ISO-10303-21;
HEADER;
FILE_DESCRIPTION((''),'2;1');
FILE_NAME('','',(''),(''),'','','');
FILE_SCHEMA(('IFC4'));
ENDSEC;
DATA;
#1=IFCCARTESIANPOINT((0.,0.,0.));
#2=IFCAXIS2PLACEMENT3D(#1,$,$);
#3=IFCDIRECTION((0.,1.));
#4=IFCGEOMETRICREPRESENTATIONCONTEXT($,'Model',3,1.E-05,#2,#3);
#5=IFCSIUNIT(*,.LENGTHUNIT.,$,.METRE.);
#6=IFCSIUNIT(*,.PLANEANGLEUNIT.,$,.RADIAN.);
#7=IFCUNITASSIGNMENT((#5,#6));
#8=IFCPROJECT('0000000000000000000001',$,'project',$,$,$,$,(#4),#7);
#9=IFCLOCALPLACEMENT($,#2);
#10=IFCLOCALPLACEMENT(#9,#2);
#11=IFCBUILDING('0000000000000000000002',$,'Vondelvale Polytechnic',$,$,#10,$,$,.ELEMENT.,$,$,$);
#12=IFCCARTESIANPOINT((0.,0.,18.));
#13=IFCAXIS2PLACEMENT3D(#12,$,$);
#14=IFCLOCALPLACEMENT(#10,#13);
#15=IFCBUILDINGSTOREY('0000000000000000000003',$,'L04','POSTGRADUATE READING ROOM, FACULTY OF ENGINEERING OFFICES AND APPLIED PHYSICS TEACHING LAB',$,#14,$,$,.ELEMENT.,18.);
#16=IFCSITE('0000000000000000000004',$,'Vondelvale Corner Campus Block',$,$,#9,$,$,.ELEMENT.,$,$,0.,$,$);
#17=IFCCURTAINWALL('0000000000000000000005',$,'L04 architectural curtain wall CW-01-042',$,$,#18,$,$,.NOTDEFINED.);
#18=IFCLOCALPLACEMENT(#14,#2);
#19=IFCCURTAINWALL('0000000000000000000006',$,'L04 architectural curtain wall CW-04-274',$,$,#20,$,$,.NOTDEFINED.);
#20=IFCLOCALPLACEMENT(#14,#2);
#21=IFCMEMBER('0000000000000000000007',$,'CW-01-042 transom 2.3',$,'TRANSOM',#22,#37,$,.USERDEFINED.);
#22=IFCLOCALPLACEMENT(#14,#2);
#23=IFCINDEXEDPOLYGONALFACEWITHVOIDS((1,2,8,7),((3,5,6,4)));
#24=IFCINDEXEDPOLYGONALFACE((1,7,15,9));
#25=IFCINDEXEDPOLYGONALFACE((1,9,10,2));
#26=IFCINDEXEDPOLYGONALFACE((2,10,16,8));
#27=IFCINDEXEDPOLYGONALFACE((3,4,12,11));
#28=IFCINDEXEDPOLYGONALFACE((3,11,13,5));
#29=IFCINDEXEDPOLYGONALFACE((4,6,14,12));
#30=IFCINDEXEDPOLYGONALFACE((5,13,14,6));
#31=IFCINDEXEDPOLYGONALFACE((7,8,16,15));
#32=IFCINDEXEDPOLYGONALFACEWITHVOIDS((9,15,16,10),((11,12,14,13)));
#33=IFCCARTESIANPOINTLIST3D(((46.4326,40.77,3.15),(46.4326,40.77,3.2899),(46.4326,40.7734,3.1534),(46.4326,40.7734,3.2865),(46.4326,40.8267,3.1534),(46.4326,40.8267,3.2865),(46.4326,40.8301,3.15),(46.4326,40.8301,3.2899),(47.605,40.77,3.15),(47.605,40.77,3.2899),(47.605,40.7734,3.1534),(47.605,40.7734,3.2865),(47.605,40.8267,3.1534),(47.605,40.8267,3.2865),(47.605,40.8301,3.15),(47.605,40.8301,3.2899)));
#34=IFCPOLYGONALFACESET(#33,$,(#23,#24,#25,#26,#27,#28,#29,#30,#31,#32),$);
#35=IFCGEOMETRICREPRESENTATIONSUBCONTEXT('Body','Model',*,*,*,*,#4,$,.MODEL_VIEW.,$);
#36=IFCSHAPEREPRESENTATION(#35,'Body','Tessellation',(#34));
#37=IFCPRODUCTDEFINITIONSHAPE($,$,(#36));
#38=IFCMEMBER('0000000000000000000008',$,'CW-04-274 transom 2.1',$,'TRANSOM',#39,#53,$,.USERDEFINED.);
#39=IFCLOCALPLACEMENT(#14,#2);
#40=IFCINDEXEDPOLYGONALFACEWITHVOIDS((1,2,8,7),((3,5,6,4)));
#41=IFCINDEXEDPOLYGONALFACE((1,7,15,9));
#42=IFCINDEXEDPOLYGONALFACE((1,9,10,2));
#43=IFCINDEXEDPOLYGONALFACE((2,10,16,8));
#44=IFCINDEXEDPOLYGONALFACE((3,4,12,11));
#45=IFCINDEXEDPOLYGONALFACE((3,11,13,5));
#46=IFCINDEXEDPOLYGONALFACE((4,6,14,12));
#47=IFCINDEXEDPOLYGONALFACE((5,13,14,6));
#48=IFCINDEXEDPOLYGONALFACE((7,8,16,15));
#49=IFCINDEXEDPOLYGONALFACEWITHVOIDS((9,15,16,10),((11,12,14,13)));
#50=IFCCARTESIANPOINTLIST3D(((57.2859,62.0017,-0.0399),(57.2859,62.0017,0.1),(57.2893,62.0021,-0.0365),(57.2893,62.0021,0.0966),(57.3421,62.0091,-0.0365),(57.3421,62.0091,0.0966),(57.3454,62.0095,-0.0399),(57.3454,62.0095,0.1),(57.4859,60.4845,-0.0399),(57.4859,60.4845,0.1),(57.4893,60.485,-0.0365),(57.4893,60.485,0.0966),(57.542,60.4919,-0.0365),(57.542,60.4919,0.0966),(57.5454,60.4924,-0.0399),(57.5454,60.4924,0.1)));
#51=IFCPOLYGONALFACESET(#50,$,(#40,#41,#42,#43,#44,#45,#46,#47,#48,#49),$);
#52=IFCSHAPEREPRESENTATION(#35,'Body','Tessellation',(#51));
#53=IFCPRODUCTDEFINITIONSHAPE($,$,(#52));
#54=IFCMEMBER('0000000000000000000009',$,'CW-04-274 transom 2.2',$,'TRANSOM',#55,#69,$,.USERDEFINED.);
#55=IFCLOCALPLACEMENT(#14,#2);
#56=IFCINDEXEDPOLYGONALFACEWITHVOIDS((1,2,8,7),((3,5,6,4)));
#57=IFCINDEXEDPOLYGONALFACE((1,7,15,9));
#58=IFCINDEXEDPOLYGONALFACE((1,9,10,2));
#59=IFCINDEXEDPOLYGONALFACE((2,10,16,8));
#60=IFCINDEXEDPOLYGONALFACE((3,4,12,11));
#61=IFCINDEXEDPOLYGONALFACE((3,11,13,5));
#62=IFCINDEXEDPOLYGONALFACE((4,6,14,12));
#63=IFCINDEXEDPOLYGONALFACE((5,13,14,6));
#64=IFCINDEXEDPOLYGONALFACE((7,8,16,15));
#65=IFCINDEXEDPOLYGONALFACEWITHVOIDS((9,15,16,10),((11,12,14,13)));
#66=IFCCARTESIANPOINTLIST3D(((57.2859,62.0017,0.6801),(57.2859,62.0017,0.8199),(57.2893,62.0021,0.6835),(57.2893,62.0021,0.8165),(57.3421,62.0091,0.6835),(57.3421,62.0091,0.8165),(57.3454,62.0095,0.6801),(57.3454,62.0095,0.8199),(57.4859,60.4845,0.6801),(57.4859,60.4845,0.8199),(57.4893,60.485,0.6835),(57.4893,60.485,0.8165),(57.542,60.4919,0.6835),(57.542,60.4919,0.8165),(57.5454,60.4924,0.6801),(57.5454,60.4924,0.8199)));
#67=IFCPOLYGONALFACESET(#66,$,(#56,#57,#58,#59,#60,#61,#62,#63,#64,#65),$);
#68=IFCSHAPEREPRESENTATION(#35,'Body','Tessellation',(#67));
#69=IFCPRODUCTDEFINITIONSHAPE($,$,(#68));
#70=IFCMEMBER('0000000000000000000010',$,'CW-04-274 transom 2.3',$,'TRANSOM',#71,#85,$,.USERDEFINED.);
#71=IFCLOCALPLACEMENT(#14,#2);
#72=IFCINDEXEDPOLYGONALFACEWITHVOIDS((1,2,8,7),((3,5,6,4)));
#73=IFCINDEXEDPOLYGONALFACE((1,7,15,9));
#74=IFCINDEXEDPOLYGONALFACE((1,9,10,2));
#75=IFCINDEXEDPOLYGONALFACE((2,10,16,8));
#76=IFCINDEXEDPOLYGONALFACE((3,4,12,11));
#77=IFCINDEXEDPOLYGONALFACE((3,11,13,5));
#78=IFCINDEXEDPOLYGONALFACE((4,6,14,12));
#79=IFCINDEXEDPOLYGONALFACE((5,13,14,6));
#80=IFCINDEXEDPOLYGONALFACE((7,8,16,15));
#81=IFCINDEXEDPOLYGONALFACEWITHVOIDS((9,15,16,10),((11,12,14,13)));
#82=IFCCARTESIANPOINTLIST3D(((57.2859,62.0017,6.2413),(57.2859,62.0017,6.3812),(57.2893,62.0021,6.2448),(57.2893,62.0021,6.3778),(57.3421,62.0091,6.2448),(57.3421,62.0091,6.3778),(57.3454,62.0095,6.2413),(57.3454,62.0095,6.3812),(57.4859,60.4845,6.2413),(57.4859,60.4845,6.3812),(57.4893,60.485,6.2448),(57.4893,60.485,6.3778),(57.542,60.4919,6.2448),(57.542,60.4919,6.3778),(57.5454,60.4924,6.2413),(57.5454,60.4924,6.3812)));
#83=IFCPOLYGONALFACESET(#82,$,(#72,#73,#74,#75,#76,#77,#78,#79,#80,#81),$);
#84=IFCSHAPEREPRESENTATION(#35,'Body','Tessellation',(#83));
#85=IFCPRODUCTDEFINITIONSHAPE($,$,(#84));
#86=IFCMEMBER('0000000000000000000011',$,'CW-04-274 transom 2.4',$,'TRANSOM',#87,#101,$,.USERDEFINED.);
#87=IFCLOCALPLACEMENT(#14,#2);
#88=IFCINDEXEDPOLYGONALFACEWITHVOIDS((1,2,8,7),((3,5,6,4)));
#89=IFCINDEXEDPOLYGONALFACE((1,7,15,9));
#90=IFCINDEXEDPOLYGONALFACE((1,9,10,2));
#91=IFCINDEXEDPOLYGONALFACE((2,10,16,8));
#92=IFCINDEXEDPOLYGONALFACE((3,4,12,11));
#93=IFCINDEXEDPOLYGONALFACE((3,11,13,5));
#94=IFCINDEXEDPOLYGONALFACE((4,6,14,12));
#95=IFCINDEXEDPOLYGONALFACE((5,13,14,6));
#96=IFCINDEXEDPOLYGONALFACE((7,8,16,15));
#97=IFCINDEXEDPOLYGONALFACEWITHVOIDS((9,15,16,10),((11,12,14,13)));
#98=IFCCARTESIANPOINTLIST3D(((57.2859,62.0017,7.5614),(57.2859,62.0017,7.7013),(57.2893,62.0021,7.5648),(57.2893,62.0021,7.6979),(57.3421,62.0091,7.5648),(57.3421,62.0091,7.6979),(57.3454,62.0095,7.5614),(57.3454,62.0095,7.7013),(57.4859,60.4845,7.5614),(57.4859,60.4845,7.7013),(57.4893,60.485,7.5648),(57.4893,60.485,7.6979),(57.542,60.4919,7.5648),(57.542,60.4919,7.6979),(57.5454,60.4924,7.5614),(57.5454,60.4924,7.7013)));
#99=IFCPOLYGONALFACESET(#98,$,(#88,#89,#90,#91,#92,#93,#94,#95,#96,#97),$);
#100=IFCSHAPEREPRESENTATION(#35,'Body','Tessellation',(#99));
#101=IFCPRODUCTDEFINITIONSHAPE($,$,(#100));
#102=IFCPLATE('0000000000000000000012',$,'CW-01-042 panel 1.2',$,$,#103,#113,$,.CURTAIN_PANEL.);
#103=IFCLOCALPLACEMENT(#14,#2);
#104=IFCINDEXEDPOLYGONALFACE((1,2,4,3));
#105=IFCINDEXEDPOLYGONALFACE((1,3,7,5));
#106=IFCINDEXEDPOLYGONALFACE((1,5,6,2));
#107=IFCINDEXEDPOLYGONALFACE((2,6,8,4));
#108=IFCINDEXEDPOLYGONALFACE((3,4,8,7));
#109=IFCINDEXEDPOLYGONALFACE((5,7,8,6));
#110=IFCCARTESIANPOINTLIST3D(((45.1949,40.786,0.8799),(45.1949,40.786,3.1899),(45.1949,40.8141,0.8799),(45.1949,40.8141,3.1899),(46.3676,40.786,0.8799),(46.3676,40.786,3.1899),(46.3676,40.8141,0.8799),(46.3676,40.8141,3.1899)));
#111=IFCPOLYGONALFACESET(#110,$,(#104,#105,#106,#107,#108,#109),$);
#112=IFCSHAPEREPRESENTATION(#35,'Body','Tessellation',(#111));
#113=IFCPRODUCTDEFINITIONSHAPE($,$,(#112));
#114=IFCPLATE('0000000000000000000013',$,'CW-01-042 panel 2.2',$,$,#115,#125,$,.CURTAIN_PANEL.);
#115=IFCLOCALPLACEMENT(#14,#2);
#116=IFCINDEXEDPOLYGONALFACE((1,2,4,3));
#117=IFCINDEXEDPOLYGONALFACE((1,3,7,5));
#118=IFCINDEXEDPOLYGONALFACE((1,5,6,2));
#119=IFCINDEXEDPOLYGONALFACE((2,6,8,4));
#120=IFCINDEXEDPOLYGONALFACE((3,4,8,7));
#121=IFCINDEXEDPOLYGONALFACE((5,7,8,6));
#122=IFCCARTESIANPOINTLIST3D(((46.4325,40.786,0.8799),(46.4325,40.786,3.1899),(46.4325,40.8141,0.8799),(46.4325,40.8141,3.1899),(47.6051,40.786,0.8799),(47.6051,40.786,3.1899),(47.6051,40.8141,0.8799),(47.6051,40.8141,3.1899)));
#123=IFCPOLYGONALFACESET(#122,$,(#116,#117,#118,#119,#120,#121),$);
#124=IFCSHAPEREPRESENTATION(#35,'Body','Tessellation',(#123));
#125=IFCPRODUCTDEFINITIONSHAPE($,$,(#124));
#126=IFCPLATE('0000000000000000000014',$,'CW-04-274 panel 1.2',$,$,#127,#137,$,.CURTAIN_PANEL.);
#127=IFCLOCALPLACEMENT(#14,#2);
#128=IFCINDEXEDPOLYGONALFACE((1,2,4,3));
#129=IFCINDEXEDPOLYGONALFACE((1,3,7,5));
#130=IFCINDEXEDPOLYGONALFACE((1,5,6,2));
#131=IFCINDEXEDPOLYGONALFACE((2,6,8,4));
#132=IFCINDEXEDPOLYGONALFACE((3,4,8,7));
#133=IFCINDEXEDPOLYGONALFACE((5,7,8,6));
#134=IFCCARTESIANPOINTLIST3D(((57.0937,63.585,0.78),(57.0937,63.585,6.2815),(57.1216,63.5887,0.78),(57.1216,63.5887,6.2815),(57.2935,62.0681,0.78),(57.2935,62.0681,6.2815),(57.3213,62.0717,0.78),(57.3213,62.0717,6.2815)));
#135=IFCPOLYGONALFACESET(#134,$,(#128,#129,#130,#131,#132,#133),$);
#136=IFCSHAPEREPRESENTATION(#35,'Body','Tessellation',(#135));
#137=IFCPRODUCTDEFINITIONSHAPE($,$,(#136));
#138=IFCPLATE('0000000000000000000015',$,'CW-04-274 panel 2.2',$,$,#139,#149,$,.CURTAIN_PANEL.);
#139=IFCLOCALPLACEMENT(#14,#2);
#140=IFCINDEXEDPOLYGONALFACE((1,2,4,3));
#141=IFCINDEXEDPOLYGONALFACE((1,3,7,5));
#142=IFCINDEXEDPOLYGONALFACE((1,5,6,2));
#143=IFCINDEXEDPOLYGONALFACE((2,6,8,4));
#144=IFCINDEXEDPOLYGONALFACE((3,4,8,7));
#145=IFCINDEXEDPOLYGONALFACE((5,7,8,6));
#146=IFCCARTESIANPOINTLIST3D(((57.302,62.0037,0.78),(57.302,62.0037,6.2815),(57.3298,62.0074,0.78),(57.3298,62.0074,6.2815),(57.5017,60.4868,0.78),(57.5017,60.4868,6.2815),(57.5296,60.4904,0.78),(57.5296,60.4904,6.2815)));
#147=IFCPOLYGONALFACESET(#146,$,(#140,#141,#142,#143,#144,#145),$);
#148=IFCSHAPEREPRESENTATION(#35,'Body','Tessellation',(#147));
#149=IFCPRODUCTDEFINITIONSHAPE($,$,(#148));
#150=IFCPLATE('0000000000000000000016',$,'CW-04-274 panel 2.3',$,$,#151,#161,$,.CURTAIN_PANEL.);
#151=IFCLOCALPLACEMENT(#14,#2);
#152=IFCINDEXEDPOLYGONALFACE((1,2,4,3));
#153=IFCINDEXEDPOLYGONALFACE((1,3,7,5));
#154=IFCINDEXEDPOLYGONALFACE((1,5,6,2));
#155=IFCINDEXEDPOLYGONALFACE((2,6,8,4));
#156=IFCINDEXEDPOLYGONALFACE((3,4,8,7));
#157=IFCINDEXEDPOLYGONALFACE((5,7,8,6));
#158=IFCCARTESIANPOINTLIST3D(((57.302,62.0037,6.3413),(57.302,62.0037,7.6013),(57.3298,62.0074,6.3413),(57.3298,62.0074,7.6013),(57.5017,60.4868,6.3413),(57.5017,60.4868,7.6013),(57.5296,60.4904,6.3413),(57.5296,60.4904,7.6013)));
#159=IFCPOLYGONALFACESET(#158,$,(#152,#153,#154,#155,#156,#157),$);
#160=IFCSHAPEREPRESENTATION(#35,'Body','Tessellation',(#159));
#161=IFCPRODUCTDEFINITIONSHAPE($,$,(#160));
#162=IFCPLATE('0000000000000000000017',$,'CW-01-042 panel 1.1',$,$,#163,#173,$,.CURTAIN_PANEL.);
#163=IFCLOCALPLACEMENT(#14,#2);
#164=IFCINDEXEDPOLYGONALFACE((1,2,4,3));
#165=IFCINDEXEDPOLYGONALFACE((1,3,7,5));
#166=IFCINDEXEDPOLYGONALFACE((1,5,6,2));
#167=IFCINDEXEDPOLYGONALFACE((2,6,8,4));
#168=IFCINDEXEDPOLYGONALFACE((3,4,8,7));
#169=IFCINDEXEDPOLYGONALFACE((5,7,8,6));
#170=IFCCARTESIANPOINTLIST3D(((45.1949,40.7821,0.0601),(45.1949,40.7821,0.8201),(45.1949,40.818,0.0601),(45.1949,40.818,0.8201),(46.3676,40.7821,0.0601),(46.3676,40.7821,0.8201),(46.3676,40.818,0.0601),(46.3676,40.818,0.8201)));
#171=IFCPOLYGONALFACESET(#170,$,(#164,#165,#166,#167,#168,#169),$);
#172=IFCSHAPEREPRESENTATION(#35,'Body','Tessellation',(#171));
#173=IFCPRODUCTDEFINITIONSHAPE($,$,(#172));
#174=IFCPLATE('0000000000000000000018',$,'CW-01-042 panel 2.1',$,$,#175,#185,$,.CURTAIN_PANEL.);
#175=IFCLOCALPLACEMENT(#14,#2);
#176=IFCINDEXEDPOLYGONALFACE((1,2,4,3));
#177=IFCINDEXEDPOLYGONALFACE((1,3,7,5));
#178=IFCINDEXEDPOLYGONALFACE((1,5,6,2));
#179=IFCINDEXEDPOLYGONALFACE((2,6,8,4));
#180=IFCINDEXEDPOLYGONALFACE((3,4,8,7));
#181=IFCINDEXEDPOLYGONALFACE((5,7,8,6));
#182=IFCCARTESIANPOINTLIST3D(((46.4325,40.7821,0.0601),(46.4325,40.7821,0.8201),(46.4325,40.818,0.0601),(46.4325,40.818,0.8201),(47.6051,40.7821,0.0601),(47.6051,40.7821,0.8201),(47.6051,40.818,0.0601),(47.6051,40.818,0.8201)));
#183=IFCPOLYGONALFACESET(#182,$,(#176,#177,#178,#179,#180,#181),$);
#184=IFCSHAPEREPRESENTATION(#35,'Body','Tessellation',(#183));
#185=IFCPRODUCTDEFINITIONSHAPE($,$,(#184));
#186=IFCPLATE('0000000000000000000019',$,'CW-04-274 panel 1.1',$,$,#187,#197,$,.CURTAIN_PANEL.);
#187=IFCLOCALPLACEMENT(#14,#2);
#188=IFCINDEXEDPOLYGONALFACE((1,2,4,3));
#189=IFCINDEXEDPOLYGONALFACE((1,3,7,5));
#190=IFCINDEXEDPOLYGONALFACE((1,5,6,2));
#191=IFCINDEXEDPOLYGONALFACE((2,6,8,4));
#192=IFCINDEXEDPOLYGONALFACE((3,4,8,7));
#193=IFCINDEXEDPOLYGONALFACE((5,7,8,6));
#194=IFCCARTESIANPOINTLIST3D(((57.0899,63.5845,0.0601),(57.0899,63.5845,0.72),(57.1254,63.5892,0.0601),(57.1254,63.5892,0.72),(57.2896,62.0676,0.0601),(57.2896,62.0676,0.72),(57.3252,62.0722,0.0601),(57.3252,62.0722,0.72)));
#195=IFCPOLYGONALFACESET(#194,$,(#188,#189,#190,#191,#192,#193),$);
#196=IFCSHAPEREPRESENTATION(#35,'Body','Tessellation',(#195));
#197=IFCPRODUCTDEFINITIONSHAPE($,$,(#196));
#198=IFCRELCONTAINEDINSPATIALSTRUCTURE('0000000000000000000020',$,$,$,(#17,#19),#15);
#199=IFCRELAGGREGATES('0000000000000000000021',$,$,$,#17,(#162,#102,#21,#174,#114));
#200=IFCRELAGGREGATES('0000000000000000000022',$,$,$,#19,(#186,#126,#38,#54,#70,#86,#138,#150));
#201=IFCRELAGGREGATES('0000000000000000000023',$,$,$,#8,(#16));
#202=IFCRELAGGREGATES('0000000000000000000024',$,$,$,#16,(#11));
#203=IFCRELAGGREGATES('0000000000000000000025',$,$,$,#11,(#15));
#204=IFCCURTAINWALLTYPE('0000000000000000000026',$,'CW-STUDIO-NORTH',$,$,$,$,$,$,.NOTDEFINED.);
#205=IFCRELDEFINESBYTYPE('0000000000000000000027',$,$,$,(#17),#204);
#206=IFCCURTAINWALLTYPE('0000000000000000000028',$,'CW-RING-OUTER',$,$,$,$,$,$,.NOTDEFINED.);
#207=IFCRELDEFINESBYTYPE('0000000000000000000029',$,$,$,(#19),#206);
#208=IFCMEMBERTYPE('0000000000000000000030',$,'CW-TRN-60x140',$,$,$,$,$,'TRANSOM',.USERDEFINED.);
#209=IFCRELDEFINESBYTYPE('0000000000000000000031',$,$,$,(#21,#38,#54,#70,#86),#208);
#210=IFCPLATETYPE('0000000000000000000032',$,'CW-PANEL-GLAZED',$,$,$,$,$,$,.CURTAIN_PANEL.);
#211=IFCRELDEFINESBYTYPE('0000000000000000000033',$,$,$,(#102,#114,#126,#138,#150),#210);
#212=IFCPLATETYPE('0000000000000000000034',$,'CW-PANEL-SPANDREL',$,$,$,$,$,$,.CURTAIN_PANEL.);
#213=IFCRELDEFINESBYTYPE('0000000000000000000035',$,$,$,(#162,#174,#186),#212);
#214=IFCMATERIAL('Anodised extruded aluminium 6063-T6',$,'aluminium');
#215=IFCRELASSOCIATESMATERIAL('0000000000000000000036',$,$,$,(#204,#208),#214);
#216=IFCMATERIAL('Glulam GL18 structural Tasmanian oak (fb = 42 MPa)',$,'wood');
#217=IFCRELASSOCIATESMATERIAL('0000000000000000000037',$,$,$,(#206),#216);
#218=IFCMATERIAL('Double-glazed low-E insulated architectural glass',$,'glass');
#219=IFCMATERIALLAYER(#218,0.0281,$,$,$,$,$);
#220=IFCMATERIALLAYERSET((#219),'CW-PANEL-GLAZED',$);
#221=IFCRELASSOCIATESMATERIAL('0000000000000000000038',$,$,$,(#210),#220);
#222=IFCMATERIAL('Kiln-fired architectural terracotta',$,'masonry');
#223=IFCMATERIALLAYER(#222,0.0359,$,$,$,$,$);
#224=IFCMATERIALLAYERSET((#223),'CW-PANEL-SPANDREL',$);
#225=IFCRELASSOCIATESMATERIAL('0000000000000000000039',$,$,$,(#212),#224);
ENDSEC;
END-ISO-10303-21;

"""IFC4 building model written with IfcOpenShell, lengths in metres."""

from ifc_helpers import new_model, si_unit, direction, frame, origin, origin_2d, place, context, subcontext, project, spatial, rectangle, hollow_rectangle, extrude, material, layer, layer_set, material_profile, profile_set, type_object, element, aggregate, save


model = new_model("IFC4")

# Units and contexts
model_context = context("Model", 3, precision=1e-05, world=origin(), true_north=direction((0.0, 1.0)))
body_context = subcontext(model_context, "Body", "Model", "MODEL_VIEW")
ifc_project = project(units=[si_unit("LENGTHUNIT", "METRE"), si_unit("PLANEANGLEUNIT", "RADIAN")], contexts=[model_context])

# Site, building, storey
site_placement = place(None, origin())
site = spatial("IfcSite", under=ifc_project, at=site_placement, Name="Vondelvale Corner Campus Block", CompositionType="ELEMENT", RefElevation=0.0)
building_placement = place(site_placement, origin())
building = spatial("IfcBuilding", under=site, at=building_placement, Name="Vondelvale Polytechnic", CompositionType="ELEMENT")
storey_placement = place(building_placement, frame((0.0, 0.0, 18.0)))
storey = spatial("IfcBuildingStorey", under=building, at=storey_placement, Name="L04", Description="POSTGRADUATE READING ROOM, FACULTY OF ENGINEERING OFFICES AND APPLIED PHYSICS TEACHING LAB", CompositionType="ELEMENT", Elevation=18.0)

# Curtain wall
ifc_material_1 = material(Name="Anodised extruded aluminium 6063-T6", Category="aluminium")
curtain_wall_type_1 = type_object("IfcCurtainWallType", Name="CW-STUDIO-NORTH", PredefinedType="NOTDEFINED", material=ifc_material_1)
curtain_wall_1_placement = place(storey_placement, origin())
curtain_wall_1 = element("IfcCurtainWall", 1, at=curtain_wall_1_placement, inside=storey, type_object=curtain_wall_type_1, Name="L04 architectural curtain wall CW-01-042", PredefinedType="NOTDEFINED")

# Curtain wall
ifc_material_2 = material(Name="Glulam GL18 structural Tasmanian oak (fb = 42 MPa)", Category="wood")
curtain_wall_type_2 = type_object("IfcCurtainWallType", Name="CW-RING-OUTER", PredefinedType="NOTDEFINED", material=ifc_material_2)
curtain_wall_2_placement = place(storey_placement, origin())
curtain_wall_2 = element("IfcCurtainWall", 2, at=curtain_wall_2_placement, inside=storey, type_object=curtain_wall_type_2, Name="L04 architectural curtain wall CW-04-274", PredefinedType="NOTDEFINED")

# Members
ifc_material_profile_1 = material_profile(ifc_material_1, hollow_rectangle(XDim=0.0601, YDim=0.1399, WallThickness=0.0034, at=origin_2d()), Name="CW-TRN-140x60")
ifc_profile_set_1 = profile_set([ifc_material_profile_1], Name="Anodised extruded aluminium 6063-T6")
member_type_1 = type_object("IfcMemberType", Name="CW-TRN-60x140", ElementType="TRANSOM", PredefinedType="USERDEFINED", material=ifc_profile_set_1)
member_1_placement = place(storey_placement, frame((46.4326, 40.8, 3.22), z_axis=(1.0, 0.0, 0.0), x_axis=(0.0, 1.0, 0.0)))
member_1 = element("IfcMember", 3, at=member_1_placement, type_object=member_type_1, Name="CW-01-042 transom 2.3", ObjectType="TRANSOM", PredefinedType="USERDEFINED", context=body_context, shape_type="SweptSolid", body=[
    extrude(hollow_rectangle(XDim=0.0601, YDim=0.1399, WallThickness=0.0034, at=origin_2d()), origin(), (0.0, 0.0, 1.0), 1.1724),
])
member_2_placement = place(storey_placement, frame((57.3157, 62.0056, 0.03), z_axis=(0.130669, -0.991426, 0.0), x_axis=(0.991426, 0.130669, 0.0)))
member_2 = element("IfcMember", 4, at=member_2_placement, type_object=member_type_1, Name="CW-04-274 transom 2.1", ObjectType="TRANSOM", PredefinedType="USERDEFINED", context=body_context, shape_type="SweptSolid", body=[
    extrude(hollow_rectangle(XDim=0.0601, YDim=0.1399, WallThickness=0.0034, at=origin_2d()), origin(), (0.0, 0.0, 1.0), 1.5303),
])
member_3_placement = place(storey_placement, frame((57.3157, 62.0056, 0.75), z_axis=(0.130669, -0.991426, 0.0), x_axis=(0.991426, 0.130669, 0.0)))
member_3 = element("IfcMember", 5, at=member_3_placement, type_object=member_type_1, Name="CW-04-274 transom 2.2", ObjectType="TRANSOM", PredefinedType="USERDEFINED", context=body_context, shape_type="SweptSolid", body=[
    extrude(hollow_rectangle(XDim=0.0601, YDim=0.1399, WallThickness=0.0034, at=origin_2d()), origin(), (0.0, 0.0, 1.0), 1.5303),
])
member_4_placement = place(storey_placement, frame((57.3157, 62.0056, 6.3113), z_axis=(0.130669, -0.991426, 0.0), x_axis=(0.991426, 0.130669, 0.0)))
member_4 = element("IfcMember", 6, at=member_4_placement, type_object=member_type_1, Name="CW-04-274 transom 2.3", ObjectType="TRANSOM", PredefinedType="USERDEFINED", context=body_context, shape_type="SweptSolid", body=[
    extrude(hollow_rectangle(XDim=0.0601, YDim=0.1399, WallThickness=0.0034, at=origin_2d()), origin(), (0.0, 0.0, 1.0), 1.5303),
])
member_5_placement = place(storey_placement, frame((57.3157, 62.0056, 7.6313), z_axis=(0.130669, -0.991426, 0.0), x_axis=(0.991426, 0.130669, 0.0)))
member_5 = element("IfcMember", 7, at=member_5_placement, type_object=member_type_1, Name="CW-04-274 transom 2.4", ObjectType="TRANSOM", PredefinedType="USERDEFINED", context=body_context, shape_type="SweptSolid", body=[
    extrude(hollow_rectangle(XDim=0.0601, YDim=0.1399, WallThickness=0.0034, at=origin_2d()), origin(), (0.0, 0.0, 1.0), 1.5303),
])

# Plates
ifc_material_3 = material(Name="Double-glazed low-E insulated architectural glass", Category="glass")
ifc_layer_1 = layer(ifc_material_3, 0.0281)
ifc_layer_set_1 = layer_set([ifc_layer_1], Name="CW-PANEL-GLAZED")
plate_type_1 = type_object("IfcPlateType", Name="CW-PANEL-GLAZED", PredefinedType="CURTAIN_PANEL", material=ifc_layer_set_1)
plate_1_placement = place(storey_placement, frame((45.7812, 40.8, 0.8799), z_axis=(0.0, 0.0, 1.0), x_axis=(1.0, 0.0, 0.0)))
plate_1 = element("IfcPlate", 8, at=plate_1_placement, type_object=plate_type_1, Name="CW-01-042 panel 1.2", PredefinedType="CURTAIN_PANEL", context=body_context, shape_type="SweptSolid", body=[
    extrude(rectangle(XDim=1.1726, YDim=0.0281, at=origin_2d()), origin(), (0.0, 0.0, 1.0), 2.3101),
])
plate_2_placement = place(storey_placement, frame((47.0188, 40.8, 0.8799), z_axis=(0.0, 0.0, 1.0), x_axis=(1.0, 0.0, 0.0)))
plate_2 = element("IfcPlate", 9, at=plate_2_placement, type_object=plate_type_1, Name="CW-01-042 panel 2.2", PredefinedType="CURTAIN_PANEL", context=body_context, shape_type="SweptSolid", body=[
    extrude(rectangle(XDim=1.1726, YDim=0.0281, at=origin_2d()), origin(), (0.0, 0.0, 1.0), 2.3101),
])
plate_3_placement = place(storey_placement, frame((57.2075, 62.8284, 0.78), z_axis=(0.0, 0.0, 1.0), x_axis=(0.13054, -0.991443, 0.0)))
plate_3 = element("IfcPlate", 10, at=plate_3_placement, type_object=plate_type_1, Name="CW-04-274 panel 1.2", PredefinedType="CURTAIN_PANEL", context=body_context, shape_type="SweptSolid", body=[
    extrude(rectangle(XDim=1.53, YDim=0.0281, at=origin_2d()), origin(), (0.0, 0.0, 1.0), 5.5015),
])
plate_4_placement = place(storey_placement, frame((57.4158, 61.2471, 0.78), z_axis=(0.0, 0.0, 1.0), x_axis=(0.13054, -0.991443, 0.0)))
plate_4 = element("IfcPlate", 11, at=plate_4_placement, type_object=plate_type_1, Name="CW-04-274 panel 2.2", PredefinedType="CURTAIN_PANEL", context=body_context, shape_type="SweptSolid", body=[
    extrude(rectangle(XDim=1.53, YDim=0.0281, at=origin_2d()), origin(), (0.0, 0.0, 1.0), 5.5015),
])
plate_5_placement = place(storey_placement, frame((57.4158, 61.2471, 6.3413), z_axis=(0.0, 0.0, 1.0), x_axis=(0.13054, -0.991443, 0.0)))
plate_5 = element("IfcPlate", 12, at=plate_5_placement, type_object=plate_type_1, Name="CW-04-274 panel 2.3", PredefinedType="CURTAIN_PANEL", context=body_context, shape_type="SweptSolid", body=[
    extrude(rectangle(XDim=1.53, YDim=0.0281, at=origin_2d()), origin(), (0.0, 0.0, 1.0), 1.26),
])
ifc_material_4 = material(Name="Kiln-fired architectural terracotta", Category="masonry")
ifc_layer_2 = layer(ifc_material_4, 0.0359)
ifc_layer_set_2 = layer_set([ifc_layer_2], Name="CW-PANEL-SPANDREL")
plate_type_2 = type_object("IfcPlateType", Name="CW-PANEL-SPANDREL", PredefinedType="CURTAIN_PANEL", material=ifc_layer_set_2)
plate_6_placement = place(storey_placement, frame((45.7812, 40.8, 0.0601), z_axis=(0.0, 0.0, 1.0), x_axis=(1.0, 0.0, 0.0)))
plate_6 = element("IfcPlate", 13, at=plate_6_placement, type_object=plate_type_2, Name="CW-01-042 panel 1.1", PredefinedType="CURTAIN_PANEL", context=body_context, shape_type="SweptSolid", body=[
    extrude(rectangle(XDim=1.1726, YDim=0.0359, at=origin_2d()), origin(), (0.0, 0.0, 1.0), 0.76),
])
plate_7_placement = place(storey_placement, frame((47.0188, 40.8, 0.0601), z_axis=(0.0, 0.0, 1.0), x_axis=(1.0, 0.0, 0.0)))
plate_7 = element("IfcPlate", 14, at=plate_7_placement, type_object=plate_type_2, Name="CW-01-042 panel 2.1", PredefinedType="CURTAIN_PANEL", context=body_context, shape_type="SweptSolid", body=[
    extrude(rectangle(XDim=1.1726, YDim=0.0359, at=origin_2d()), origin(), (0.0, 0.0, 1.0), 0.76),
])
aggregate(curtain_wall_1, [plate_6, plate_1, member_1, plate_7, plate_2])
plate_8_placement = place(storey_placement, frame((57.2075, 62.8284, 0.0601), z_axis=(0.0, 0.0, 1.0), x_axis=(0.13054, -0.991443, 0.0)))
plate_8 = element("IfcPlate", 15, at=plate_8_placement, type_object=plate_type_2, Name="CW-04-274 panel 1.1", PredefinedType="CURTAIN_PANEL", context=body_context, shape_type="SweptSolid", body=[
    extrude(rectangle(XDim=1.53, YDim=0.0359, at=origin_2d()), origin(), (0.0, 0.0, 1.0), 0.6599),
])
aggregate(curtain_wall_2, [plate_8, plate_3, member_2, member_3, member_4, member_5, plate_4, plate_5])

save(model, "model.ifc")
